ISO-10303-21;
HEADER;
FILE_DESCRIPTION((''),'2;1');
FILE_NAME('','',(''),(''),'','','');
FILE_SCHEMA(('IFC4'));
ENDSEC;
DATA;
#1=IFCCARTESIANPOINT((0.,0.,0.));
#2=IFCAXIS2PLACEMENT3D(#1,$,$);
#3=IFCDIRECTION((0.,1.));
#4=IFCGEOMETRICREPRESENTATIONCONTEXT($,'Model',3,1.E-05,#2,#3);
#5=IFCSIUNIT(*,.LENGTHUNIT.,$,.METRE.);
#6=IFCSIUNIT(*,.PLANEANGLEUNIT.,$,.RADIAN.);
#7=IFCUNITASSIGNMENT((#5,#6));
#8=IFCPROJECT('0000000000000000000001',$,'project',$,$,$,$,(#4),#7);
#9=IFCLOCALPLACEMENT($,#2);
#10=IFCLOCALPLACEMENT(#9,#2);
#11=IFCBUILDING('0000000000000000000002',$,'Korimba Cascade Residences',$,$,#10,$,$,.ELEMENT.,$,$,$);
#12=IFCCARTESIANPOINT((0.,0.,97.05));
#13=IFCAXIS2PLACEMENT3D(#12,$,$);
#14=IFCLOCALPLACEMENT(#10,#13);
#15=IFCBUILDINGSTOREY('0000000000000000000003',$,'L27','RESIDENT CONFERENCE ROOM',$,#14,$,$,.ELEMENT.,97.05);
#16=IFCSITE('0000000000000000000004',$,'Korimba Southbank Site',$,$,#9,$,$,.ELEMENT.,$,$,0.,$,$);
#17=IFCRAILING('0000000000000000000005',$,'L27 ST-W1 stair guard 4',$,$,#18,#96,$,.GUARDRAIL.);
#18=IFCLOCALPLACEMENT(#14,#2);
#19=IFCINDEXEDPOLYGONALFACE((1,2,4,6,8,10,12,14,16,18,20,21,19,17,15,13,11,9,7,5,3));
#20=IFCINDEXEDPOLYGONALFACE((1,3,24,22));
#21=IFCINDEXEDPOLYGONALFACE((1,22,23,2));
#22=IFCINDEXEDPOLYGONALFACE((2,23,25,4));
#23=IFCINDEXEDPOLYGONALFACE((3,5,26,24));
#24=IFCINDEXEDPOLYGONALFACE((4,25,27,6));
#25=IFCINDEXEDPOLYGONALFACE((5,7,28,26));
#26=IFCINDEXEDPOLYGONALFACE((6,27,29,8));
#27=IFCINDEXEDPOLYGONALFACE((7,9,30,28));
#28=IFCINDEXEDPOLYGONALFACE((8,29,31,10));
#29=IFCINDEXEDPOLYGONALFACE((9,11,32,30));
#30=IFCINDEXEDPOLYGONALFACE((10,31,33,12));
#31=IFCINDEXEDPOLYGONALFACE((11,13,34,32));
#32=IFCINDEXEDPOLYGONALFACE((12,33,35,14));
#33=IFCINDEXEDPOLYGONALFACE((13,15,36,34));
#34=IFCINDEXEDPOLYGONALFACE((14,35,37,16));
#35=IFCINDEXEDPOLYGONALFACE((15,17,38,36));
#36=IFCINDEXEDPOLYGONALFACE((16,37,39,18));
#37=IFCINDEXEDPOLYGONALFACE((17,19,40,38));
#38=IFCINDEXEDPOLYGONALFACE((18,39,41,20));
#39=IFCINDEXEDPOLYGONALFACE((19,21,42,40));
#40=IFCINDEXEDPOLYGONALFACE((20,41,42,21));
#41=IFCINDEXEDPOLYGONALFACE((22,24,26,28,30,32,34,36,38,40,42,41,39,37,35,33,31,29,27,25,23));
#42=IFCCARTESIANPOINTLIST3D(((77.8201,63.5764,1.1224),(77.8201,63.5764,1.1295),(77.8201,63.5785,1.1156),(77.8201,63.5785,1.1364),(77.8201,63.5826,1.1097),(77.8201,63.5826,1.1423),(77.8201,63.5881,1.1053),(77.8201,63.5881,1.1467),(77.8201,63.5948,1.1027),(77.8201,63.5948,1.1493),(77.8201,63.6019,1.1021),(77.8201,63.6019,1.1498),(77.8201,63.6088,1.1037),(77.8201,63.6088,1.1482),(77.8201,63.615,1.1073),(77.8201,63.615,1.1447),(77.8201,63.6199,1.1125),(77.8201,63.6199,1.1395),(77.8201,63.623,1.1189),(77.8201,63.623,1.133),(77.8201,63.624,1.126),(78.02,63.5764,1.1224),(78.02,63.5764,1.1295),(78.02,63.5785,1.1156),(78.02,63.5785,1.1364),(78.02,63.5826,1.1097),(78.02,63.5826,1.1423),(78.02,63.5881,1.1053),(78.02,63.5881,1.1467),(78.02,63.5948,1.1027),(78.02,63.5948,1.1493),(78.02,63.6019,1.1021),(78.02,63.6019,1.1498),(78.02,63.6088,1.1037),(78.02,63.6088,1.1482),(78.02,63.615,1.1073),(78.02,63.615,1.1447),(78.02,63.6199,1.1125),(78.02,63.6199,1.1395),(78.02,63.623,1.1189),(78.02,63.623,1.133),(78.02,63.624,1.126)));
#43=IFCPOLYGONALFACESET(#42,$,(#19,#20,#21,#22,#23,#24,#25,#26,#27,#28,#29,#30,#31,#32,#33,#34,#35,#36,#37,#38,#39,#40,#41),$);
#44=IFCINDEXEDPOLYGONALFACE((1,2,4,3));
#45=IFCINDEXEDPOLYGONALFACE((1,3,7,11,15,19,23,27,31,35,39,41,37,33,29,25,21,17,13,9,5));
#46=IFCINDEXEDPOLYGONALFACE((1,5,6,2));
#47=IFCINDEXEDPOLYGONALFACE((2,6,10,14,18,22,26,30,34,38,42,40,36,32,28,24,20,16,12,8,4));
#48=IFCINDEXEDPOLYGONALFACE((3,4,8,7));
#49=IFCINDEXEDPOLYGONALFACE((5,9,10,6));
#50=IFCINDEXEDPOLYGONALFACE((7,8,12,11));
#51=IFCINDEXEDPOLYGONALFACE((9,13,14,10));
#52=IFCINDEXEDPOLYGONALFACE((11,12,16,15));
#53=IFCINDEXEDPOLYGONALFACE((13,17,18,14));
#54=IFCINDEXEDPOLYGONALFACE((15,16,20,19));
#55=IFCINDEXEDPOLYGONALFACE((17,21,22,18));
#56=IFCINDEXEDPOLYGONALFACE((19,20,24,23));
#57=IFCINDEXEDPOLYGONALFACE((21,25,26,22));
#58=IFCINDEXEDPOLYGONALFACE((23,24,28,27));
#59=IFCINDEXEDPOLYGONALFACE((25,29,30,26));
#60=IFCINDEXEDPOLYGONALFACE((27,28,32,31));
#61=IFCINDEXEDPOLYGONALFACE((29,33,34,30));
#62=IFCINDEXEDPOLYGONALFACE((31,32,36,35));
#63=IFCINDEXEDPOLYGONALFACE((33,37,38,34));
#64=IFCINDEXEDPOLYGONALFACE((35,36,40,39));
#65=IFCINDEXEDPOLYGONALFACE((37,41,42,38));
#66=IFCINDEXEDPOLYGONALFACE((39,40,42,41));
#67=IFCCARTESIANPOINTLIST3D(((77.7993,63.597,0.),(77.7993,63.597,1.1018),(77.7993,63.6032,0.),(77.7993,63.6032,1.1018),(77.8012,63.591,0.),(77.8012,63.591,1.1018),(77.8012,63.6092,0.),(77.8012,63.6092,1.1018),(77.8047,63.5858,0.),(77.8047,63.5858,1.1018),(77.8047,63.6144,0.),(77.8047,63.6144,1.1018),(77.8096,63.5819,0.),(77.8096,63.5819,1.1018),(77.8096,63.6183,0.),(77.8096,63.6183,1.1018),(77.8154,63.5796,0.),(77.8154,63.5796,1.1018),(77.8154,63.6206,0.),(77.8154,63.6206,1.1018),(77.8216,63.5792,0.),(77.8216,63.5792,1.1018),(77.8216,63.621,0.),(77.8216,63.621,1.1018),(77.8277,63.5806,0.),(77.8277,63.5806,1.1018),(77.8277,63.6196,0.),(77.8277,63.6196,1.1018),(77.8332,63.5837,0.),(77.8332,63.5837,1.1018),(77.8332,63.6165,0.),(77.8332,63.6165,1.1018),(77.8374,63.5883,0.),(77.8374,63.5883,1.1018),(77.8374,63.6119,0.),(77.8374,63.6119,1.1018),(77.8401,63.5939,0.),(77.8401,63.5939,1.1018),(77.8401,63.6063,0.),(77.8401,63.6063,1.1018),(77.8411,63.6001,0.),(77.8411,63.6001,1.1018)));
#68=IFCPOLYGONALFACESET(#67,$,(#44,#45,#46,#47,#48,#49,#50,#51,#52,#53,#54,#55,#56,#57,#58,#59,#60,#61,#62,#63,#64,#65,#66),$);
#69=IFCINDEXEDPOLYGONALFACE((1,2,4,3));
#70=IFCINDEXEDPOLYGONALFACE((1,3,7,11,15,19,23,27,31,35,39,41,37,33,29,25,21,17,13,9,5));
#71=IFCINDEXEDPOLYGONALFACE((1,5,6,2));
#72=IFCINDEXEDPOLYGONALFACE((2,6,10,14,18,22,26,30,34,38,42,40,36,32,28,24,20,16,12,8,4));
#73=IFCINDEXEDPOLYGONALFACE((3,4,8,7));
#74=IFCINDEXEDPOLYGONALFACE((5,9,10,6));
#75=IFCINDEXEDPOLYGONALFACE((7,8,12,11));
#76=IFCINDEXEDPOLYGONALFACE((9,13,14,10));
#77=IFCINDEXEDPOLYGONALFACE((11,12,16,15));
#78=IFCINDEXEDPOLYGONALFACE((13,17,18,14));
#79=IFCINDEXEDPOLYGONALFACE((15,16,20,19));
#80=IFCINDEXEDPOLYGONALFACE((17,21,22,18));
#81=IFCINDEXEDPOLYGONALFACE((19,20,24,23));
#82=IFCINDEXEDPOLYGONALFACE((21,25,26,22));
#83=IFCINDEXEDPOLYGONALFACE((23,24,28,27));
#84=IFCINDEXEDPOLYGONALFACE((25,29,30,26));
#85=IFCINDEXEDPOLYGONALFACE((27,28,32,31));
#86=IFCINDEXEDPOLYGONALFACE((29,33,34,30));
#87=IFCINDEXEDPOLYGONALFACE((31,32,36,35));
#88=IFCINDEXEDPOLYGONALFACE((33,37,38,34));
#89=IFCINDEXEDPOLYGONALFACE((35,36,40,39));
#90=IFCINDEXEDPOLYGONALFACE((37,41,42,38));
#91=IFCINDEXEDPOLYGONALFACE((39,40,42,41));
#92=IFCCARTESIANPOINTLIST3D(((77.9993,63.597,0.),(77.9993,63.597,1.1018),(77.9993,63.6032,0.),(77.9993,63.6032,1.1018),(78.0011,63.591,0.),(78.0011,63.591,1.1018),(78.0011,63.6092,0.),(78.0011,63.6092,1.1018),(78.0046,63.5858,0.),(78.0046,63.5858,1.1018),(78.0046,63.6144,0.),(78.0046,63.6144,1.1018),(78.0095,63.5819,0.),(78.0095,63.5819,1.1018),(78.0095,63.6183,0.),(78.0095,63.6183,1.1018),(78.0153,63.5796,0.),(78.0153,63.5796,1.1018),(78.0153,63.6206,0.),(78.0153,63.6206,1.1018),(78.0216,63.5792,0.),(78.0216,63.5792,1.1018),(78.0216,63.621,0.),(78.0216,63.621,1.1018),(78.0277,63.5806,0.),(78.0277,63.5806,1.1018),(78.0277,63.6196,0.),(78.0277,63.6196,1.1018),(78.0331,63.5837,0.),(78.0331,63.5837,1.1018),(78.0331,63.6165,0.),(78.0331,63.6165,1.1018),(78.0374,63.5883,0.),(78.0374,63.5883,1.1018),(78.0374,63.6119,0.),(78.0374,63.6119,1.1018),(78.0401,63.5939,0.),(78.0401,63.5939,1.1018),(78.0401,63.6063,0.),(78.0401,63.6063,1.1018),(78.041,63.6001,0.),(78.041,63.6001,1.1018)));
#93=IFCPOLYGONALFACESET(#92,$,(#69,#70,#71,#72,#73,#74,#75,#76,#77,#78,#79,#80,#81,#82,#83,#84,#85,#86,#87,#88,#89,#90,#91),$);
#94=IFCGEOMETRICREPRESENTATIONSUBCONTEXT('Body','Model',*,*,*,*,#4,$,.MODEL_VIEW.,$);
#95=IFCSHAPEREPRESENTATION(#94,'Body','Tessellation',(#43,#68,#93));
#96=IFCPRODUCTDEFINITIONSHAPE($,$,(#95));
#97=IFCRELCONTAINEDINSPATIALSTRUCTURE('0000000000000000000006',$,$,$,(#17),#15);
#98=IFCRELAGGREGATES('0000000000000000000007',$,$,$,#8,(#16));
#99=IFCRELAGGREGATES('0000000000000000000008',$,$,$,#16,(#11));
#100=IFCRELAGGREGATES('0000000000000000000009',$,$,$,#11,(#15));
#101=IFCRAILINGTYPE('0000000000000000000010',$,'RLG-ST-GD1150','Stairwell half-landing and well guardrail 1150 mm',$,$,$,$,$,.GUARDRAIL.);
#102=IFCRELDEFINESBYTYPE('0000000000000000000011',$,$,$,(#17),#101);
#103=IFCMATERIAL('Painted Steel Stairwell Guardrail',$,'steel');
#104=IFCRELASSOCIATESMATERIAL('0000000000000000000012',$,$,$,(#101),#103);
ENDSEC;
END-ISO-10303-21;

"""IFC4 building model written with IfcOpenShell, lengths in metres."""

from ifc_helpers import new_model, si_unit, direction, frame, origin, origin_2d, place, context, subcontext, project, spatial, circle, extrude, material, type_object, element, save


model = new_model("IFC4")

# Units and contexts
model_context = context("Model", 3, precision=1e-05, world=origin(), true_north=direction((0.0, 1.0)))
body_context = subcontext(model_context, "Body", "Model", "MODEL_VIEW")
ifc_project = project(units=[si_unit("LENGTHUNIT", "METRE"), si_unit("PLANEANGLEUNIT", "RADIAN")], contexts=[model_context])

# Site, building, storey
site_placement = place(None, origin())
site = spatial("IfcSite", under=ifc_project, at=site_placement, Name="Korimba Southbank Site", CompositionType="ELEMENT", RefElevation=0.0)
building_placement = place(site_placement, origin())
building = spatial("IfcBuilding", under=site, at=building_placement, Name="Korimba Cascade Residences", CompositionType="ELEMENT")
storey_placement = place(building_placement, frame((0.0, 0.0, 97.05)))
storey = spatial("IfcBuildingStorey", under=building, at=storey_placement, Name="L27", Description="RESIDENT CONFERENCE ROOM", CompositionType="ELEMENT", Elevation=97.05)

# Railing
ifc_material_1 = material(Name="Painted Steel Stairwell Guardrail", Category="steel")
railing_type_1 = type_object("IfcRailingType", Name="RLG-ST-GD1150", Description="Stairwell half-landing and well guardrail 1150 mm", PredefinedType="GUARDRAIL", material=ifc_material_1)
railing_1_placement = place(storey_placement, frame((77.8201, 63.6001, 0.0)))
element("IfcRailing", 1, at=railing_1_placement, inside=storey, type_object=railing_type_1, Name="L27 ST-W1 stair guard 4", PredefinedType="GUARDRAIL", context=body_context, shape_type="SweptSolid", body=[
    extrude(circle(Radius=0.0239, at=origin_2d()), frame((0.0, 0.0, 1.126), z_axis=(1.0, 0.0, 0.0), x_axis=(0.0, 1.0, 0.0)), (0.0, 0.0, 1.0), 0.2),
    extrude(circle(Radius=0.021, at=origin_2d()), origin(), (0.0, 0.0, 1.0), 1.1018),
    extrude(circle(Radius=0.021, at=origin_2d()), frame((0.2, 0.0, 0.0)), (0.0, 0.0, 1.0), 1.1018),
])

save(model, "model.ifc")
